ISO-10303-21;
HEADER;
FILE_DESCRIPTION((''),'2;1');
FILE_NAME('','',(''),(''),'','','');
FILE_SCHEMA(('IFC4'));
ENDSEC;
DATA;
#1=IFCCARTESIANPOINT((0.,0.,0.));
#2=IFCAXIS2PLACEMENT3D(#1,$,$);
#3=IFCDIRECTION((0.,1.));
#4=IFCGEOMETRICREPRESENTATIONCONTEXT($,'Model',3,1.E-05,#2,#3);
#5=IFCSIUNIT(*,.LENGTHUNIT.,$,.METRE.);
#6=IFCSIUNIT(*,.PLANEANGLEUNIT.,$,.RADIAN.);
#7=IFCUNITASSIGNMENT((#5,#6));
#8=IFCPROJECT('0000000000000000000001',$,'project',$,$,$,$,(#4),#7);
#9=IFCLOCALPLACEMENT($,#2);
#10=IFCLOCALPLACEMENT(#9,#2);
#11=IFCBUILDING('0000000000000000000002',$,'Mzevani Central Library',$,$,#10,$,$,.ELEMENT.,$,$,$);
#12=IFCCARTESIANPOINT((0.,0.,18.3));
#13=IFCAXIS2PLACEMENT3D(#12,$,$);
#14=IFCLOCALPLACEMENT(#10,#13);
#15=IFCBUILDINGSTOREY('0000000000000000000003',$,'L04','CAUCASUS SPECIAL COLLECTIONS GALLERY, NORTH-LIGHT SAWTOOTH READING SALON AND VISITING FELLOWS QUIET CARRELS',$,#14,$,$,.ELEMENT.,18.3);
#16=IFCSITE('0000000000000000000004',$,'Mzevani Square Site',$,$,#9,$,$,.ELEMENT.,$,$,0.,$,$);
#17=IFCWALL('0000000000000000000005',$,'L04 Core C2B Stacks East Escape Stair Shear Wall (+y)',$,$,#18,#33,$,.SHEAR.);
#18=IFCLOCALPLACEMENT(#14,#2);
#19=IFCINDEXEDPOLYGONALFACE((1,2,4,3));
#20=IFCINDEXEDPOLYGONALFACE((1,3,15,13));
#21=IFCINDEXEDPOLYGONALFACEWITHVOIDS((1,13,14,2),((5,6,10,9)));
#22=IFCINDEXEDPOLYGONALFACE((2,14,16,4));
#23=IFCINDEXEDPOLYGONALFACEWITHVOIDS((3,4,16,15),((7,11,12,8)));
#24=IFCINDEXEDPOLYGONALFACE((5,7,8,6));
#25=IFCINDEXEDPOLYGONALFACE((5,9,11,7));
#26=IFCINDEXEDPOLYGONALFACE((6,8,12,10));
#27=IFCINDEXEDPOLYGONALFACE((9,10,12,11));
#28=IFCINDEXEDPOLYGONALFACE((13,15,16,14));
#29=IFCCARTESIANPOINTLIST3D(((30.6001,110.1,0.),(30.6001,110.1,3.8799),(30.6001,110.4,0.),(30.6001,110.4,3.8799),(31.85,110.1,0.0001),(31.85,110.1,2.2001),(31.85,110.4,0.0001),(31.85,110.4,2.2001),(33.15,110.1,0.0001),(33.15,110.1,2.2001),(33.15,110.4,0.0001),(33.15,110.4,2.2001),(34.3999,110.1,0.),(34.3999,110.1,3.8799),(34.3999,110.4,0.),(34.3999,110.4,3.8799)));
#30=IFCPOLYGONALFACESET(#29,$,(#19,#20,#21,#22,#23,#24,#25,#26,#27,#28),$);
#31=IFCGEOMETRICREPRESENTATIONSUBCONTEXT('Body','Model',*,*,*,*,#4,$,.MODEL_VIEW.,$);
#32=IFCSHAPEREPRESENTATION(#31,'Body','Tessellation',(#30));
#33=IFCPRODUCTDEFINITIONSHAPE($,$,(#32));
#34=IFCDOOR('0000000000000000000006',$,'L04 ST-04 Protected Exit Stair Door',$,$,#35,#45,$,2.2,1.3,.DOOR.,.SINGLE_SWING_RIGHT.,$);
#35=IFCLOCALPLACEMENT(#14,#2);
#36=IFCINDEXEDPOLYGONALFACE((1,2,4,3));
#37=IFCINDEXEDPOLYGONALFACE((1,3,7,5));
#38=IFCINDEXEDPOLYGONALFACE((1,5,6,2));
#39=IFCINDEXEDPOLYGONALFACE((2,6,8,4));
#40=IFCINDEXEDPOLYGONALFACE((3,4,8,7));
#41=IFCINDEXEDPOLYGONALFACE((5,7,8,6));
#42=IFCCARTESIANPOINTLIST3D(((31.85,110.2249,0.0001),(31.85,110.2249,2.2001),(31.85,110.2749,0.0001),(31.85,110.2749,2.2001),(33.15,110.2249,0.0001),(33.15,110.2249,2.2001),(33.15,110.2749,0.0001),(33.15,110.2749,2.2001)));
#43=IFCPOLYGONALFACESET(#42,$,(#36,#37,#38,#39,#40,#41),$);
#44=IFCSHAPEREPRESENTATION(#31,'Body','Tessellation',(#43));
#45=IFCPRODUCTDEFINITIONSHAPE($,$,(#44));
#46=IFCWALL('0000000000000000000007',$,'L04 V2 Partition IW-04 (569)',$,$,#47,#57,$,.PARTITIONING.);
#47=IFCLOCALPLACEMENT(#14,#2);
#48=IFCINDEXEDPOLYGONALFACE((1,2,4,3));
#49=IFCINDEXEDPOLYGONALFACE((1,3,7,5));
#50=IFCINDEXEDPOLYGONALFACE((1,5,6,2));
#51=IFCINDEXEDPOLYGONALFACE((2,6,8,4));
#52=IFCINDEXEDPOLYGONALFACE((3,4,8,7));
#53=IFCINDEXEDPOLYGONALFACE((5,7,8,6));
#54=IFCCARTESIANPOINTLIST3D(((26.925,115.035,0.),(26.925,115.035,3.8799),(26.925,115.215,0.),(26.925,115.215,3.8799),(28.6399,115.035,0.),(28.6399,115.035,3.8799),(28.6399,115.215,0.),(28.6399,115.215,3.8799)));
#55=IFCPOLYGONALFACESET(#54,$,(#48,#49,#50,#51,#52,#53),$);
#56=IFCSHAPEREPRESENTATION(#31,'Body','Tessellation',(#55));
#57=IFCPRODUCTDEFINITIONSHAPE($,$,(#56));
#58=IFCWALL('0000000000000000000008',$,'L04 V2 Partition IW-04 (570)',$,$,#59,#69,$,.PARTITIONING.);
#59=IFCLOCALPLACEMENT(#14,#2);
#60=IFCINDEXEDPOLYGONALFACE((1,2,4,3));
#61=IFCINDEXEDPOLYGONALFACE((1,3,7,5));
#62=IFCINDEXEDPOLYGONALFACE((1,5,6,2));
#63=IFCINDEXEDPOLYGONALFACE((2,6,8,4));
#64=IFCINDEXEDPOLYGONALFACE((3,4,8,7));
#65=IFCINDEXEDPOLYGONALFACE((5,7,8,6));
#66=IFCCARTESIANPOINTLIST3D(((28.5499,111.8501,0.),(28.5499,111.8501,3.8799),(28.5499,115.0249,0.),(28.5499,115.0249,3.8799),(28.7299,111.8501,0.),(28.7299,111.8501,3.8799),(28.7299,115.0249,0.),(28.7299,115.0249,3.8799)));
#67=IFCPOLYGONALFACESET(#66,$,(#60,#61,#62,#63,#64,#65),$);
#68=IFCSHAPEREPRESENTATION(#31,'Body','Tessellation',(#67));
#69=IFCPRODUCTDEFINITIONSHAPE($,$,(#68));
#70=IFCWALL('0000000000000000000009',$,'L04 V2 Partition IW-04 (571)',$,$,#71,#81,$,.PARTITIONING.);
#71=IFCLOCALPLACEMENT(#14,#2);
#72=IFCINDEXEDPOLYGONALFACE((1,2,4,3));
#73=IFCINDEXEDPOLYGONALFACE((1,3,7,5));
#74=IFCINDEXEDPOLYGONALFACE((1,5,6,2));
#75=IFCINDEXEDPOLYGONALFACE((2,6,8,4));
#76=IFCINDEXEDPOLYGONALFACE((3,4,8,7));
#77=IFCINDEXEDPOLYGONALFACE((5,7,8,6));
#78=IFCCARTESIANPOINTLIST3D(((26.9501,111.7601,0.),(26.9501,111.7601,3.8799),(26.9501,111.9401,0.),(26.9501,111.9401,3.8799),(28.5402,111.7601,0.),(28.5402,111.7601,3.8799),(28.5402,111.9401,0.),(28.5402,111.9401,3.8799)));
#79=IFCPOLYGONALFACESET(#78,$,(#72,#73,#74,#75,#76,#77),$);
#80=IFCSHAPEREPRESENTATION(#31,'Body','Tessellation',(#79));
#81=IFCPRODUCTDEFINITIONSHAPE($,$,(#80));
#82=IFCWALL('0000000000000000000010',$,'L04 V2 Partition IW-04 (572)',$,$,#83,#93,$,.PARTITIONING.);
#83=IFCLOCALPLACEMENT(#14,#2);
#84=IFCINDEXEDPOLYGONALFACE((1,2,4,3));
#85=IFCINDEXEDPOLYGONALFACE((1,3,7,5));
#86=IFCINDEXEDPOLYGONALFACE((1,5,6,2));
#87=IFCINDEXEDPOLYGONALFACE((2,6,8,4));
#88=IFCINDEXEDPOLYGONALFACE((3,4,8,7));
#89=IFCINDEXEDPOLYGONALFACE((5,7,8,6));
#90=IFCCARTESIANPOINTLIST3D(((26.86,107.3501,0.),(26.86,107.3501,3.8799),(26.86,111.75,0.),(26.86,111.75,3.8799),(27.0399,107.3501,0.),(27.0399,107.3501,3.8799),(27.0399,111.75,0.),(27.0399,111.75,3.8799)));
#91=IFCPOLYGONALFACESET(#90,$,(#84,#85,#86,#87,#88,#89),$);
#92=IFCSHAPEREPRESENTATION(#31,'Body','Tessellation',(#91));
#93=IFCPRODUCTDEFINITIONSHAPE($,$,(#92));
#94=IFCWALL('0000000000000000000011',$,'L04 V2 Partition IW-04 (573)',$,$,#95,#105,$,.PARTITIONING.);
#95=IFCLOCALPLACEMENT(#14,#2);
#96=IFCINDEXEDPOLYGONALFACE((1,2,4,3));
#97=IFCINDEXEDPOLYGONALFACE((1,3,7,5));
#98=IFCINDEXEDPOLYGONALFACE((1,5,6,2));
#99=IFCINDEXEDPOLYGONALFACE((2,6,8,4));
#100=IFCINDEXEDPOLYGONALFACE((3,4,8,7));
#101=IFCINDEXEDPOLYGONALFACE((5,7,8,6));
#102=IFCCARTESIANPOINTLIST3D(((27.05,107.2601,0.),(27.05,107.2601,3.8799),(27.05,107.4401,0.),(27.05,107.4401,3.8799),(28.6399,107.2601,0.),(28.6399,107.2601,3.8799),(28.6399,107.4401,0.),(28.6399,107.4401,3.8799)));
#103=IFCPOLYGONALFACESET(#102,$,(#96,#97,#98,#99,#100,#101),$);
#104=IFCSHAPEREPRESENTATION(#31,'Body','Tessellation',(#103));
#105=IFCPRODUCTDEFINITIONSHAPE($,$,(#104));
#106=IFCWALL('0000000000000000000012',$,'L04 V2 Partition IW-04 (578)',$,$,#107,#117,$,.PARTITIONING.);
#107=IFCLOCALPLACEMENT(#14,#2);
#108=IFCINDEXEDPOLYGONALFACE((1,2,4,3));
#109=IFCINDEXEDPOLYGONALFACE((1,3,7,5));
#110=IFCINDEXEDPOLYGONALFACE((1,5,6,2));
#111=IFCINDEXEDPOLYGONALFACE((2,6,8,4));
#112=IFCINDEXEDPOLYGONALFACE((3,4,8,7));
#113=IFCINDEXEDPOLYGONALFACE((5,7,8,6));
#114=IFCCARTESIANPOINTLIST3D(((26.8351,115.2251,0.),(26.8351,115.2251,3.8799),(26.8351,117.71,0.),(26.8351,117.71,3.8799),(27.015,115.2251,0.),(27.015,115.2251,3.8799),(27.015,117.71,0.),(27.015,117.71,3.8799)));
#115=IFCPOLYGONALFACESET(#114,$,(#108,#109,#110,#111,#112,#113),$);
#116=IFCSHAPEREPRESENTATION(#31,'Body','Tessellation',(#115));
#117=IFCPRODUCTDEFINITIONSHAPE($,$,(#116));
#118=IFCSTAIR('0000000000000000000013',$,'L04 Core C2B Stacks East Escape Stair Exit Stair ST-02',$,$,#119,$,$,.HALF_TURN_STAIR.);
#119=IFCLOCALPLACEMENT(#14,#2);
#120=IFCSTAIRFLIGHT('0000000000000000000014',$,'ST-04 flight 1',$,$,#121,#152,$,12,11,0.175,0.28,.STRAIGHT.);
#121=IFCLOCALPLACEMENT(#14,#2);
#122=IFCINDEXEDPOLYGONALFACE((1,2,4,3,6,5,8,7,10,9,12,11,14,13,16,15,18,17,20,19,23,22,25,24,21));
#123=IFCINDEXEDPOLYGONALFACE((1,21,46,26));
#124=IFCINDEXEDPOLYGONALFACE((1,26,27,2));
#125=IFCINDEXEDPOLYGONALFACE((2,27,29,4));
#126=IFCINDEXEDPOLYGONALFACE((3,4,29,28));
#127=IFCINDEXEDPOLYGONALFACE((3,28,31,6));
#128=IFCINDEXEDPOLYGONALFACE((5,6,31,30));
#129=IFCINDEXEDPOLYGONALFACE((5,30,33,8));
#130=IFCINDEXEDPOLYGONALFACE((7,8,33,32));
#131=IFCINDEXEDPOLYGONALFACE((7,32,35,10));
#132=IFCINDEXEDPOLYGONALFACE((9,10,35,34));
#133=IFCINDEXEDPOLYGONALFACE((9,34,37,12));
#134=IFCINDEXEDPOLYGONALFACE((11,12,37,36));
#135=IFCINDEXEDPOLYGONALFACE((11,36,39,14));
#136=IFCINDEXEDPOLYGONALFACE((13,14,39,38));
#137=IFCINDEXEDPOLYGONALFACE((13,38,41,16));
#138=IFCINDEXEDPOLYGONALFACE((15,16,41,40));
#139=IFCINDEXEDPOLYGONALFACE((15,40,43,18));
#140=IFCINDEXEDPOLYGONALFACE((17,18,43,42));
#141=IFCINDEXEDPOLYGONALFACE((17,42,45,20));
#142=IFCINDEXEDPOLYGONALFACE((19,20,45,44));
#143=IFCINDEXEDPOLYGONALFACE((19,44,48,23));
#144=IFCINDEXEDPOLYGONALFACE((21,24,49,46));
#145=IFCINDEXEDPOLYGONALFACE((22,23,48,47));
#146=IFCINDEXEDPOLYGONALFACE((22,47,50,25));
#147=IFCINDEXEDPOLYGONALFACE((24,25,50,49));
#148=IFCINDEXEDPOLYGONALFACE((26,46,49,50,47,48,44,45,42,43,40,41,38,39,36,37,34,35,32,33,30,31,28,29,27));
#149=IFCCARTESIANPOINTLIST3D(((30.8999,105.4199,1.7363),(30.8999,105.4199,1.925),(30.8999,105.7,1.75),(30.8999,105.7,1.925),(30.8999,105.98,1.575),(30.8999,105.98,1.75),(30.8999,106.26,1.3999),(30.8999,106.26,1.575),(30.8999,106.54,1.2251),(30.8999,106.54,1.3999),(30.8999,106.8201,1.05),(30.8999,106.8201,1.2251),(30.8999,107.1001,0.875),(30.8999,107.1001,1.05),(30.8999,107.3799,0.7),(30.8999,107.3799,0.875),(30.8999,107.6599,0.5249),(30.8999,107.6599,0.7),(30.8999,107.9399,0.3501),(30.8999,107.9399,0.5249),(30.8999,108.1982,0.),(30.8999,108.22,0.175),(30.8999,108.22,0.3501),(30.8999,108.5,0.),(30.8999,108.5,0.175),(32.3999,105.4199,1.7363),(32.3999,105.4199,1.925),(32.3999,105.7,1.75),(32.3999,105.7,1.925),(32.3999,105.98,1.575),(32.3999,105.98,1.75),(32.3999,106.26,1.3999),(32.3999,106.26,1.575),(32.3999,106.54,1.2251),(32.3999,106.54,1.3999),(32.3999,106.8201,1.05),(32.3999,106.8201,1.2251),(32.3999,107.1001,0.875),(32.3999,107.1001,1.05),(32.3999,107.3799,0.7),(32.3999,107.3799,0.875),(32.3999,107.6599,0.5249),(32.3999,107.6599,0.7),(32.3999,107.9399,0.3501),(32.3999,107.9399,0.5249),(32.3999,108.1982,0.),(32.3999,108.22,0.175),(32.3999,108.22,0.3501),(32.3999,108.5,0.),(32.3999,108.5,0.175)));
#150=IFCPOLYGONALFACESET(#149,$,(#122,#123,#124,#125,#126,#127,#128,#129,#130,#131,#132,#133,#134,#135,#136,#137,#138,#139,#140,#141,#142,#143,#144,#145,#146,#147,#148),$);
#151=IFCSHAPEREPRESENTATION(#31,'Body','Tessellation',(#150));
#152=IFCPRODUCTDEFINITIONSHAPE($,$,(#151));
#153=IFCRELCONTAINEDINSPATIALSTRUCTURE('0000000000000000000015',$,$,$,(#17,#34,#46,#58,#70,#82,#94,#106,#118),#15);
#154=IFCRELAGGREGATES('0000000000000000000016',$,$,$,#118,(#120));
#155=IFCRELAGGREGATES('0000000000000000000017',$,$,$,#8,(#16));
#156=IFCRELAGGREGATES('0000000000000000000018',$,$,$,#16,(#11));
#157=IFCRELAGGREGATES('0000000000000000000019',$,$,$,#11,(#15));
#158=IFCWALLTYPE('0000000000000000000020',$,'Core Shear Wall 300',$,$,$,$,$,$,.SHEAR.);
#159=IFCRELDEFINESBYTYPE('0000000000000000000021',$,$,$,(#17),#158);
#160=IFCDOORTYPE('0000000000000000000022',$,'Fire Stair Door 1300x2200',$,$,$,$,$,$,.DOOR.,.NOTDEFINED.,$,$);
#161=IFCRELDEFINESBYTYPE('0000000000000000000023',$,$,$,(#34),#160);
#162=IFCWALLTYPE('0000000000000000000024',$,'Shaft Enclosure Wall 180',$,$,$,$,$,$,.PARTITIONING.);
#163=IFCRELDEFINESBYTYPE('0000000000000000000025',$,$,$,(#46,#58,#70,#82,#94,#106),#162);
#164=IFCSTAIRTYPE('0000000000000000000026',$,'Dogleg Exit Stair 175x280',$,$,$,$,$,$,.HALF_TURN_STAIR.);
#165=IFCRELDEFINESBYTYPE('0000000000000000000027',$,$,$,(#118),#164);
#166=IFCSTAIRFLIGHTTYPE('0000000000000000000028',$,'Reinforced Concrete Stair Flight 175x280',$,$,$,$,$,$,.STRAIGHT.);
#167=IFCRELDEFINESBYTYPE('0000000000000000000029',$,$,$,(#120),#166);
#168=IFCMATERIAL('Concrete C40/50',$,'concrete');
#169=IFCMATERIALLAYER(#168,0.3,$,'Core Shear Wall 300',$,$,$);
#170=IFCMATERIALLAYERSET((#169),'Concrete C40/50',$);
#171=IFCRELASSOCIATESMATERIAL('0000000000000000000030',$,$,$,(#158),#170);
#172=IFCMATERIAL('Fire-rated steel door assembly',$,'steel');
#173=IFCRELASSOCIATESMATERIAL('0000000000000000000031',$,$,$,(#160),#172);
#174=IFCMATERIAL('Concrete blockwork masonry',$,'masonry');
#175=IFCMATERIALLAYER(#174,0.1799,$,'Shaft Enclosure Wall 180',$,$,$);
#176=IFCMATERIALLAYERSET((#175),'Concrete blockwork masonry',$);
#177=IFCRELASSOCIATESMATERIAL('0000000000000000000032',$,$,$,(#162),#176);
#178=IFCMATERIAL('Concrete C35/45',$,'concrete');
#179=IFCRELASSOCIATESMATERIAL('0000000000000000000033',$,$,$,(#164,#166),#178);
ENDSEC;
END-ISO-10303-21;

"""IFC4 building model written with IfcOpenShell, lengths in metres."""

from ifc_helpers import new_model, si_unit, direction, frame, frame_2d, origin, place, context, subcontext, project, spatial, polyline, rectangle, outline, extrude, material, layer, layer_set, type_object, element, fill, aggregate, save


model = new_model("IFC4")

# Units and contexts
model_context = context("Model", 3, precision=1e-05, world=origin(), true_north=direction((0.0, 1.0)))
body_context = subcontext(model_context, "Body", "Model", "MODEL_VIEW")
ifc_project = project(units=[si_unit("LENGTHUNIT", "METRE"), si_unit("PLANEANGLEUNIT", "RADIAN")], contexts=[model_context])

# Site, building, storey
site_placement = place(None, origin())
site = spatial("IfcSite", under=ifc_project, at=site_placement, Name="Mzevani Square Site", CompositionType="ELEMENT", RefElevation=0.0)
building_placement = place(site_placement, origin())
building = spatial("IfcBuilding", under=site, at=building_placement, Name="Mzevani Central Library", CompositionType="ELEMENT")
storey_placement = place(building_placement, frame((0.0, 0.0, 18.3)))
storey = spatial("IfcBuildingStorey", under=building, at=storey_placement, Name="L04", Description="CAUCASUS SPECIAL COLLECTIONS GALLERY, NORTH-LIGHT SAWTOOTH READING SALON AND VISITING FELLOWS QUIET CARRELS", CompositionType="ELEMENT", Elevation=18.3)

# Shared definitions
ifc_material_1 = material(Name="Concrete C40/50", Category="concrete")

# Shared definitions
ifc_material_2 = material(Name="Concrete C35/45", Category="concrete")

# Wall, opening, door
ifc_material_3 = material(Name="Fire-rated steel door assembly", Category="steel")
ifc_layer_1 = layer(ifc_material_1, 0.3, Name="Core Shear Wall 300")
ifc_layer_set_1 = layer_set([ifc_layer_1], Name="Concrete C40/50")
wall_type_1 = type_object("IfcWallType", Name="Core Shear Wall 300", PredefinedType="SHEAR", material=ifc_layer_set_1)
wall_1_placement = place(storey_placement, frame((30.6001, 110.25, 0.0), z_axis=(0.0, 0.0, 1.0), x_axis=(1.0, 0.0, 0.0)))
wall_1 = element("IfcWall", 1, at=wall_1_placement, inside=storey, type_object=wall_type_1, Name="L04 Core C2B Stacks East Escape Stair Shear Wall (+y)", PredefinedType="SHEAR", context=body_context, shape_type="SweptSolid", body=[
    extrude(rectangle(XDim=3.7998, YDim=0.3, at=frame_2d((1.8999, 0.0))), origin(), (0.0, 0.0, 1.0), 3.8799),
])
opening_1_placement = place(wall_1_placement, frame((1.25, 0.0, 0.0)))
opening_1 = element("IfcOpeningElement", 2, at=opening_1_placement, cuts=wall_1, PredefinedType="OPENING", context=body_context, shape_type="SweptSolid", body=[
    extrude(rectangle(XDim=1.3, YDim=2.2, at=frame_2d((0.6499, 1.1001))), frame((0.0, 0.1602, 0.0), z_axis=(0.0, -1.0, 0.0), x_axis=(1.0, 0.0, 0.0)), (0.0, 0.0, 1.0), 0.3201),
])
door_type_1 = type_object("IfcDoorType", Name="Fire Stair Door 1300x2200", OperationType="NOTDEFINED", PredefinedType="DOOR", material=ifc_material_3)
door_1_placement = place(opening_1_placement, origin())
door_1 = element("IfcDoor", 3, at=door_1_placement, inside=storey, type_object=door_type_1, Name="L04 ST-04 Protected Exit Stair Door", OperationType="SINGLE_SWING_RIGHT", OverallHeight=2.2, OverallWidth=1.3, PredefinedType="DOOR", context=body_context, shape_type="SweptSolid", body=[
    extrude(rectangle(XDim=1.3, YDim=2.2, at=frame_2d((0.6499, 1.1001))), frame((0.0, 0.0249, 0.0), z_axis=(0.0, -1.0, 0.0), x_axis=(1.0, 0.0, 0.0)), (0.0, 0.0, 1.0), 0.05),
])
fill(opening_1, door_1)

# Walls
ifc_material_4 = material(Name="Concrete blockwork masonry", Category="masonry")
ifc_layer_2 = layer(ifc_material_4, 0.1799, Name="Shaft Enclosure Wall 180")
ifc_layer_set_2 = layer_set([ifc_layer_2], Name="Concrete blockwork masonry")
wall_type_2 = type_object("IfcWallType", Name="Shaft Enclosure Wall 180", PredefinedType="PARTITIONING", material=ifc_layer_set_2)
wall_2_placement = place(storey_placement, frame((26.925, 115.125, 0.0), z_axis=(0.0, 0.0, 1.0), x_axis=(1.0, 0.0, 0.0)))
element("IfcWall", 4, at=wall_2_placement, inside=storey, type_object=wall_type_2, Name="L04 V2 Partition IW-04 (569)", PredefinedType="PARTITIONING", context=body_context, shape_type="SweptSolid", body=[
    extrude(rectangle(XDim=1.7148, YDim=0.1799, at=frame_2d((0.8574, 0.0))), origin(), (0.0, 0.0, 1.0), 3.8799),
])
wall_3_placement = place(storey_placement, frame((28.6399, 115.0249, 0.0), z_axis=(0.0, 0.0, 1.0), x_axis=(0.0, -1.0, 0.0)))
element("IfcWall", 5, at=wall_3_placement, inside=storey, type_object=wall_type_2, Name="L04 V2 Partition IW-04 (570)", PredefinedType="PARTITIONING", context=body_context, shape_type="SweptSolid", body=[
    extrude(rectangle(XDim=3.1748, YDim=0.1799, at=frame_2d((1.5874, 0.0))), origin(), (0.0, 0.0, 1.0), 3.8799),
])
wall_4_placement = place(storey_placement, frame((28.54, 111.8501, 0.0), z_axis=(0.0, 0.0, 1.0), x_axis=(-1.0, 0.0, 0.0)))
element("IfcWall", 6, at=wall_4_placement, inside=storey, type_object=wall_type_2, Name="L04 V2 Partition IW-04 (571)", PredefinedType="PARTITIONING", context=body_context, shape_type="SweptSolid", body=[
    extrude(rectangle(XDim=1.5901, YDim=0.1799, at=frame_2d((0.7949, 0.0))), origin(), (0.0, 0.0, 1.0), 3.8799),
])
wall_5_placement = place(storey_placement, frame((26.95, 111.75, 0.0), z_axis=(0.0, 0.0, 1.0), x_axis=(0.0, -1.0, 0.0)))
element("IfcWall", 7, at=wall_5_placement, inside=storey, type_object=wall_type_2, Name="L04 V2 Partition IW-04 (572)", PredefinedType="PARTITIONING", context=body_context, shape_type="SweptSolid", body=[
    extrude(rectangle(XDim=4.3999, YDim=0.1799, at=frame_2d((2.2, 0.0))), origin(), (0.0, 0.0, 1.0), 3.8799),
])
wall_6_placement = place(storey_placement, frame((27.05, 107.3501, 0.0), z_axis=(0.0, 0.0, 1.0), x_axis=(1.0, 0.0, 0.0)))
element("IfcWall", 8, at=wall_6_placement, inside=storey, type_object=wall_type_2, Name="L04 V2 Partition IW-04 (573)", PredefinedType="PARTITIONING", context=body_context, shape_type="SweptSolid", body=[
    extrude(rectangle(XDim=1.5898, YDim=0.1799, at=frame_2d((0.7949, 0.0))), origin(), (0.0, 0.0, 1.0), 3.8799),
])
wall_7_placement = place(storey_placement, frame((26.925, 117.71, 0.0), z_axis=(0.0, 0.0, 1.0), x_axis=(0.0, -1.0, 0.0)))
element("IfcWall", 9, at=wall_7_placement, inside=storey, type_object=wall_type_2, Name="L04 V2 Partition IW-04 (578)", PredefinedType="PARTITIONING", context=body_context, shape_type="SweptSolid", body=[
    extrude(rectangle(XDim=2.4849, YDim=0.1799, at=frame_2d((1.2424, 0.0))), origin(), (0.0, 0.0, 1.0), 3.8799),
])

# Stair, stair flight
stair_type = type_object("IfcStairType", Name="Dogleg Exit Stair 175x280", PredefinedType="HALF_TURN_STAIR", material=ifc_material_2)
stair_placement = place(storey_placement, origin())
stair = element("IfcStair", 10, at=stair_placement, inside=storey, type_object=stair_type, Name="L04 Core C2B Stacks East Escape Stair Exit Stair ST-02", PredefinedType="HALF_TURN_STAIR")
stair_flight_type = type_object("IfcStairFlightType", Name="Reinforced Concrete Stair Flight 175x280", PredefinedType="STRAIGHT", material=ifc_material_2)
stair_flight_placement = place(storey_placement, frame((31.6499, 108.5, 0.0), z_axis=(0.0, 0.0, 1.0), x_axis=(0.0, -1.0, 0.0)))
stair_flight = element("IfcStairFlight", 11, at=stair_flight_placement, type_object=stair_flight_type, Name="ST-04 flight 1", NumberOfRisers=12, NumberOfTreads=11, PredefinedType="STRAIGHT", RiserHeight=0.175, TreadLength=0.28, context=body_context, shape_type="SweptSolid", body=[
    extrude(outline(polyline([(0.0, 0.0), (0.0, 0.175), (0.28, 0.175), (0.28, 0.3501), (0.5601, 0.3501), (0.5601, 0.5249), (0.8401, 0.5249), (0.8401, 0.7), (1.1201, 0.7), (1.1201, 0.875), (1.3999, 0.875), (1.3999, 1.05), (1.6799, 1.05), (1.6799, 1.2251), (1.96, 1.2251), (1.96, 1.3999), (2.24, 1.3999), (2.24, 1.575), (2.52, 1.575), (2.52, 1.75), (2.8, 1.75), (2.8, 1.925), (3.0801, 1.925), (3.0801, 2.1001), (3.0801, 1.7363), (0.3018, 0.0), (0.0, 0.0)])), frame((0.0, 0.75, 0.0), z_axis=(0.0, -1.0, 0.0), x_axis=(1.0, 0.0, 0.0)), (0.0, 0.0, 1.0), 1.5),
])
aggregate(stair, [stair_flight])

save(model, "model.ifc")
